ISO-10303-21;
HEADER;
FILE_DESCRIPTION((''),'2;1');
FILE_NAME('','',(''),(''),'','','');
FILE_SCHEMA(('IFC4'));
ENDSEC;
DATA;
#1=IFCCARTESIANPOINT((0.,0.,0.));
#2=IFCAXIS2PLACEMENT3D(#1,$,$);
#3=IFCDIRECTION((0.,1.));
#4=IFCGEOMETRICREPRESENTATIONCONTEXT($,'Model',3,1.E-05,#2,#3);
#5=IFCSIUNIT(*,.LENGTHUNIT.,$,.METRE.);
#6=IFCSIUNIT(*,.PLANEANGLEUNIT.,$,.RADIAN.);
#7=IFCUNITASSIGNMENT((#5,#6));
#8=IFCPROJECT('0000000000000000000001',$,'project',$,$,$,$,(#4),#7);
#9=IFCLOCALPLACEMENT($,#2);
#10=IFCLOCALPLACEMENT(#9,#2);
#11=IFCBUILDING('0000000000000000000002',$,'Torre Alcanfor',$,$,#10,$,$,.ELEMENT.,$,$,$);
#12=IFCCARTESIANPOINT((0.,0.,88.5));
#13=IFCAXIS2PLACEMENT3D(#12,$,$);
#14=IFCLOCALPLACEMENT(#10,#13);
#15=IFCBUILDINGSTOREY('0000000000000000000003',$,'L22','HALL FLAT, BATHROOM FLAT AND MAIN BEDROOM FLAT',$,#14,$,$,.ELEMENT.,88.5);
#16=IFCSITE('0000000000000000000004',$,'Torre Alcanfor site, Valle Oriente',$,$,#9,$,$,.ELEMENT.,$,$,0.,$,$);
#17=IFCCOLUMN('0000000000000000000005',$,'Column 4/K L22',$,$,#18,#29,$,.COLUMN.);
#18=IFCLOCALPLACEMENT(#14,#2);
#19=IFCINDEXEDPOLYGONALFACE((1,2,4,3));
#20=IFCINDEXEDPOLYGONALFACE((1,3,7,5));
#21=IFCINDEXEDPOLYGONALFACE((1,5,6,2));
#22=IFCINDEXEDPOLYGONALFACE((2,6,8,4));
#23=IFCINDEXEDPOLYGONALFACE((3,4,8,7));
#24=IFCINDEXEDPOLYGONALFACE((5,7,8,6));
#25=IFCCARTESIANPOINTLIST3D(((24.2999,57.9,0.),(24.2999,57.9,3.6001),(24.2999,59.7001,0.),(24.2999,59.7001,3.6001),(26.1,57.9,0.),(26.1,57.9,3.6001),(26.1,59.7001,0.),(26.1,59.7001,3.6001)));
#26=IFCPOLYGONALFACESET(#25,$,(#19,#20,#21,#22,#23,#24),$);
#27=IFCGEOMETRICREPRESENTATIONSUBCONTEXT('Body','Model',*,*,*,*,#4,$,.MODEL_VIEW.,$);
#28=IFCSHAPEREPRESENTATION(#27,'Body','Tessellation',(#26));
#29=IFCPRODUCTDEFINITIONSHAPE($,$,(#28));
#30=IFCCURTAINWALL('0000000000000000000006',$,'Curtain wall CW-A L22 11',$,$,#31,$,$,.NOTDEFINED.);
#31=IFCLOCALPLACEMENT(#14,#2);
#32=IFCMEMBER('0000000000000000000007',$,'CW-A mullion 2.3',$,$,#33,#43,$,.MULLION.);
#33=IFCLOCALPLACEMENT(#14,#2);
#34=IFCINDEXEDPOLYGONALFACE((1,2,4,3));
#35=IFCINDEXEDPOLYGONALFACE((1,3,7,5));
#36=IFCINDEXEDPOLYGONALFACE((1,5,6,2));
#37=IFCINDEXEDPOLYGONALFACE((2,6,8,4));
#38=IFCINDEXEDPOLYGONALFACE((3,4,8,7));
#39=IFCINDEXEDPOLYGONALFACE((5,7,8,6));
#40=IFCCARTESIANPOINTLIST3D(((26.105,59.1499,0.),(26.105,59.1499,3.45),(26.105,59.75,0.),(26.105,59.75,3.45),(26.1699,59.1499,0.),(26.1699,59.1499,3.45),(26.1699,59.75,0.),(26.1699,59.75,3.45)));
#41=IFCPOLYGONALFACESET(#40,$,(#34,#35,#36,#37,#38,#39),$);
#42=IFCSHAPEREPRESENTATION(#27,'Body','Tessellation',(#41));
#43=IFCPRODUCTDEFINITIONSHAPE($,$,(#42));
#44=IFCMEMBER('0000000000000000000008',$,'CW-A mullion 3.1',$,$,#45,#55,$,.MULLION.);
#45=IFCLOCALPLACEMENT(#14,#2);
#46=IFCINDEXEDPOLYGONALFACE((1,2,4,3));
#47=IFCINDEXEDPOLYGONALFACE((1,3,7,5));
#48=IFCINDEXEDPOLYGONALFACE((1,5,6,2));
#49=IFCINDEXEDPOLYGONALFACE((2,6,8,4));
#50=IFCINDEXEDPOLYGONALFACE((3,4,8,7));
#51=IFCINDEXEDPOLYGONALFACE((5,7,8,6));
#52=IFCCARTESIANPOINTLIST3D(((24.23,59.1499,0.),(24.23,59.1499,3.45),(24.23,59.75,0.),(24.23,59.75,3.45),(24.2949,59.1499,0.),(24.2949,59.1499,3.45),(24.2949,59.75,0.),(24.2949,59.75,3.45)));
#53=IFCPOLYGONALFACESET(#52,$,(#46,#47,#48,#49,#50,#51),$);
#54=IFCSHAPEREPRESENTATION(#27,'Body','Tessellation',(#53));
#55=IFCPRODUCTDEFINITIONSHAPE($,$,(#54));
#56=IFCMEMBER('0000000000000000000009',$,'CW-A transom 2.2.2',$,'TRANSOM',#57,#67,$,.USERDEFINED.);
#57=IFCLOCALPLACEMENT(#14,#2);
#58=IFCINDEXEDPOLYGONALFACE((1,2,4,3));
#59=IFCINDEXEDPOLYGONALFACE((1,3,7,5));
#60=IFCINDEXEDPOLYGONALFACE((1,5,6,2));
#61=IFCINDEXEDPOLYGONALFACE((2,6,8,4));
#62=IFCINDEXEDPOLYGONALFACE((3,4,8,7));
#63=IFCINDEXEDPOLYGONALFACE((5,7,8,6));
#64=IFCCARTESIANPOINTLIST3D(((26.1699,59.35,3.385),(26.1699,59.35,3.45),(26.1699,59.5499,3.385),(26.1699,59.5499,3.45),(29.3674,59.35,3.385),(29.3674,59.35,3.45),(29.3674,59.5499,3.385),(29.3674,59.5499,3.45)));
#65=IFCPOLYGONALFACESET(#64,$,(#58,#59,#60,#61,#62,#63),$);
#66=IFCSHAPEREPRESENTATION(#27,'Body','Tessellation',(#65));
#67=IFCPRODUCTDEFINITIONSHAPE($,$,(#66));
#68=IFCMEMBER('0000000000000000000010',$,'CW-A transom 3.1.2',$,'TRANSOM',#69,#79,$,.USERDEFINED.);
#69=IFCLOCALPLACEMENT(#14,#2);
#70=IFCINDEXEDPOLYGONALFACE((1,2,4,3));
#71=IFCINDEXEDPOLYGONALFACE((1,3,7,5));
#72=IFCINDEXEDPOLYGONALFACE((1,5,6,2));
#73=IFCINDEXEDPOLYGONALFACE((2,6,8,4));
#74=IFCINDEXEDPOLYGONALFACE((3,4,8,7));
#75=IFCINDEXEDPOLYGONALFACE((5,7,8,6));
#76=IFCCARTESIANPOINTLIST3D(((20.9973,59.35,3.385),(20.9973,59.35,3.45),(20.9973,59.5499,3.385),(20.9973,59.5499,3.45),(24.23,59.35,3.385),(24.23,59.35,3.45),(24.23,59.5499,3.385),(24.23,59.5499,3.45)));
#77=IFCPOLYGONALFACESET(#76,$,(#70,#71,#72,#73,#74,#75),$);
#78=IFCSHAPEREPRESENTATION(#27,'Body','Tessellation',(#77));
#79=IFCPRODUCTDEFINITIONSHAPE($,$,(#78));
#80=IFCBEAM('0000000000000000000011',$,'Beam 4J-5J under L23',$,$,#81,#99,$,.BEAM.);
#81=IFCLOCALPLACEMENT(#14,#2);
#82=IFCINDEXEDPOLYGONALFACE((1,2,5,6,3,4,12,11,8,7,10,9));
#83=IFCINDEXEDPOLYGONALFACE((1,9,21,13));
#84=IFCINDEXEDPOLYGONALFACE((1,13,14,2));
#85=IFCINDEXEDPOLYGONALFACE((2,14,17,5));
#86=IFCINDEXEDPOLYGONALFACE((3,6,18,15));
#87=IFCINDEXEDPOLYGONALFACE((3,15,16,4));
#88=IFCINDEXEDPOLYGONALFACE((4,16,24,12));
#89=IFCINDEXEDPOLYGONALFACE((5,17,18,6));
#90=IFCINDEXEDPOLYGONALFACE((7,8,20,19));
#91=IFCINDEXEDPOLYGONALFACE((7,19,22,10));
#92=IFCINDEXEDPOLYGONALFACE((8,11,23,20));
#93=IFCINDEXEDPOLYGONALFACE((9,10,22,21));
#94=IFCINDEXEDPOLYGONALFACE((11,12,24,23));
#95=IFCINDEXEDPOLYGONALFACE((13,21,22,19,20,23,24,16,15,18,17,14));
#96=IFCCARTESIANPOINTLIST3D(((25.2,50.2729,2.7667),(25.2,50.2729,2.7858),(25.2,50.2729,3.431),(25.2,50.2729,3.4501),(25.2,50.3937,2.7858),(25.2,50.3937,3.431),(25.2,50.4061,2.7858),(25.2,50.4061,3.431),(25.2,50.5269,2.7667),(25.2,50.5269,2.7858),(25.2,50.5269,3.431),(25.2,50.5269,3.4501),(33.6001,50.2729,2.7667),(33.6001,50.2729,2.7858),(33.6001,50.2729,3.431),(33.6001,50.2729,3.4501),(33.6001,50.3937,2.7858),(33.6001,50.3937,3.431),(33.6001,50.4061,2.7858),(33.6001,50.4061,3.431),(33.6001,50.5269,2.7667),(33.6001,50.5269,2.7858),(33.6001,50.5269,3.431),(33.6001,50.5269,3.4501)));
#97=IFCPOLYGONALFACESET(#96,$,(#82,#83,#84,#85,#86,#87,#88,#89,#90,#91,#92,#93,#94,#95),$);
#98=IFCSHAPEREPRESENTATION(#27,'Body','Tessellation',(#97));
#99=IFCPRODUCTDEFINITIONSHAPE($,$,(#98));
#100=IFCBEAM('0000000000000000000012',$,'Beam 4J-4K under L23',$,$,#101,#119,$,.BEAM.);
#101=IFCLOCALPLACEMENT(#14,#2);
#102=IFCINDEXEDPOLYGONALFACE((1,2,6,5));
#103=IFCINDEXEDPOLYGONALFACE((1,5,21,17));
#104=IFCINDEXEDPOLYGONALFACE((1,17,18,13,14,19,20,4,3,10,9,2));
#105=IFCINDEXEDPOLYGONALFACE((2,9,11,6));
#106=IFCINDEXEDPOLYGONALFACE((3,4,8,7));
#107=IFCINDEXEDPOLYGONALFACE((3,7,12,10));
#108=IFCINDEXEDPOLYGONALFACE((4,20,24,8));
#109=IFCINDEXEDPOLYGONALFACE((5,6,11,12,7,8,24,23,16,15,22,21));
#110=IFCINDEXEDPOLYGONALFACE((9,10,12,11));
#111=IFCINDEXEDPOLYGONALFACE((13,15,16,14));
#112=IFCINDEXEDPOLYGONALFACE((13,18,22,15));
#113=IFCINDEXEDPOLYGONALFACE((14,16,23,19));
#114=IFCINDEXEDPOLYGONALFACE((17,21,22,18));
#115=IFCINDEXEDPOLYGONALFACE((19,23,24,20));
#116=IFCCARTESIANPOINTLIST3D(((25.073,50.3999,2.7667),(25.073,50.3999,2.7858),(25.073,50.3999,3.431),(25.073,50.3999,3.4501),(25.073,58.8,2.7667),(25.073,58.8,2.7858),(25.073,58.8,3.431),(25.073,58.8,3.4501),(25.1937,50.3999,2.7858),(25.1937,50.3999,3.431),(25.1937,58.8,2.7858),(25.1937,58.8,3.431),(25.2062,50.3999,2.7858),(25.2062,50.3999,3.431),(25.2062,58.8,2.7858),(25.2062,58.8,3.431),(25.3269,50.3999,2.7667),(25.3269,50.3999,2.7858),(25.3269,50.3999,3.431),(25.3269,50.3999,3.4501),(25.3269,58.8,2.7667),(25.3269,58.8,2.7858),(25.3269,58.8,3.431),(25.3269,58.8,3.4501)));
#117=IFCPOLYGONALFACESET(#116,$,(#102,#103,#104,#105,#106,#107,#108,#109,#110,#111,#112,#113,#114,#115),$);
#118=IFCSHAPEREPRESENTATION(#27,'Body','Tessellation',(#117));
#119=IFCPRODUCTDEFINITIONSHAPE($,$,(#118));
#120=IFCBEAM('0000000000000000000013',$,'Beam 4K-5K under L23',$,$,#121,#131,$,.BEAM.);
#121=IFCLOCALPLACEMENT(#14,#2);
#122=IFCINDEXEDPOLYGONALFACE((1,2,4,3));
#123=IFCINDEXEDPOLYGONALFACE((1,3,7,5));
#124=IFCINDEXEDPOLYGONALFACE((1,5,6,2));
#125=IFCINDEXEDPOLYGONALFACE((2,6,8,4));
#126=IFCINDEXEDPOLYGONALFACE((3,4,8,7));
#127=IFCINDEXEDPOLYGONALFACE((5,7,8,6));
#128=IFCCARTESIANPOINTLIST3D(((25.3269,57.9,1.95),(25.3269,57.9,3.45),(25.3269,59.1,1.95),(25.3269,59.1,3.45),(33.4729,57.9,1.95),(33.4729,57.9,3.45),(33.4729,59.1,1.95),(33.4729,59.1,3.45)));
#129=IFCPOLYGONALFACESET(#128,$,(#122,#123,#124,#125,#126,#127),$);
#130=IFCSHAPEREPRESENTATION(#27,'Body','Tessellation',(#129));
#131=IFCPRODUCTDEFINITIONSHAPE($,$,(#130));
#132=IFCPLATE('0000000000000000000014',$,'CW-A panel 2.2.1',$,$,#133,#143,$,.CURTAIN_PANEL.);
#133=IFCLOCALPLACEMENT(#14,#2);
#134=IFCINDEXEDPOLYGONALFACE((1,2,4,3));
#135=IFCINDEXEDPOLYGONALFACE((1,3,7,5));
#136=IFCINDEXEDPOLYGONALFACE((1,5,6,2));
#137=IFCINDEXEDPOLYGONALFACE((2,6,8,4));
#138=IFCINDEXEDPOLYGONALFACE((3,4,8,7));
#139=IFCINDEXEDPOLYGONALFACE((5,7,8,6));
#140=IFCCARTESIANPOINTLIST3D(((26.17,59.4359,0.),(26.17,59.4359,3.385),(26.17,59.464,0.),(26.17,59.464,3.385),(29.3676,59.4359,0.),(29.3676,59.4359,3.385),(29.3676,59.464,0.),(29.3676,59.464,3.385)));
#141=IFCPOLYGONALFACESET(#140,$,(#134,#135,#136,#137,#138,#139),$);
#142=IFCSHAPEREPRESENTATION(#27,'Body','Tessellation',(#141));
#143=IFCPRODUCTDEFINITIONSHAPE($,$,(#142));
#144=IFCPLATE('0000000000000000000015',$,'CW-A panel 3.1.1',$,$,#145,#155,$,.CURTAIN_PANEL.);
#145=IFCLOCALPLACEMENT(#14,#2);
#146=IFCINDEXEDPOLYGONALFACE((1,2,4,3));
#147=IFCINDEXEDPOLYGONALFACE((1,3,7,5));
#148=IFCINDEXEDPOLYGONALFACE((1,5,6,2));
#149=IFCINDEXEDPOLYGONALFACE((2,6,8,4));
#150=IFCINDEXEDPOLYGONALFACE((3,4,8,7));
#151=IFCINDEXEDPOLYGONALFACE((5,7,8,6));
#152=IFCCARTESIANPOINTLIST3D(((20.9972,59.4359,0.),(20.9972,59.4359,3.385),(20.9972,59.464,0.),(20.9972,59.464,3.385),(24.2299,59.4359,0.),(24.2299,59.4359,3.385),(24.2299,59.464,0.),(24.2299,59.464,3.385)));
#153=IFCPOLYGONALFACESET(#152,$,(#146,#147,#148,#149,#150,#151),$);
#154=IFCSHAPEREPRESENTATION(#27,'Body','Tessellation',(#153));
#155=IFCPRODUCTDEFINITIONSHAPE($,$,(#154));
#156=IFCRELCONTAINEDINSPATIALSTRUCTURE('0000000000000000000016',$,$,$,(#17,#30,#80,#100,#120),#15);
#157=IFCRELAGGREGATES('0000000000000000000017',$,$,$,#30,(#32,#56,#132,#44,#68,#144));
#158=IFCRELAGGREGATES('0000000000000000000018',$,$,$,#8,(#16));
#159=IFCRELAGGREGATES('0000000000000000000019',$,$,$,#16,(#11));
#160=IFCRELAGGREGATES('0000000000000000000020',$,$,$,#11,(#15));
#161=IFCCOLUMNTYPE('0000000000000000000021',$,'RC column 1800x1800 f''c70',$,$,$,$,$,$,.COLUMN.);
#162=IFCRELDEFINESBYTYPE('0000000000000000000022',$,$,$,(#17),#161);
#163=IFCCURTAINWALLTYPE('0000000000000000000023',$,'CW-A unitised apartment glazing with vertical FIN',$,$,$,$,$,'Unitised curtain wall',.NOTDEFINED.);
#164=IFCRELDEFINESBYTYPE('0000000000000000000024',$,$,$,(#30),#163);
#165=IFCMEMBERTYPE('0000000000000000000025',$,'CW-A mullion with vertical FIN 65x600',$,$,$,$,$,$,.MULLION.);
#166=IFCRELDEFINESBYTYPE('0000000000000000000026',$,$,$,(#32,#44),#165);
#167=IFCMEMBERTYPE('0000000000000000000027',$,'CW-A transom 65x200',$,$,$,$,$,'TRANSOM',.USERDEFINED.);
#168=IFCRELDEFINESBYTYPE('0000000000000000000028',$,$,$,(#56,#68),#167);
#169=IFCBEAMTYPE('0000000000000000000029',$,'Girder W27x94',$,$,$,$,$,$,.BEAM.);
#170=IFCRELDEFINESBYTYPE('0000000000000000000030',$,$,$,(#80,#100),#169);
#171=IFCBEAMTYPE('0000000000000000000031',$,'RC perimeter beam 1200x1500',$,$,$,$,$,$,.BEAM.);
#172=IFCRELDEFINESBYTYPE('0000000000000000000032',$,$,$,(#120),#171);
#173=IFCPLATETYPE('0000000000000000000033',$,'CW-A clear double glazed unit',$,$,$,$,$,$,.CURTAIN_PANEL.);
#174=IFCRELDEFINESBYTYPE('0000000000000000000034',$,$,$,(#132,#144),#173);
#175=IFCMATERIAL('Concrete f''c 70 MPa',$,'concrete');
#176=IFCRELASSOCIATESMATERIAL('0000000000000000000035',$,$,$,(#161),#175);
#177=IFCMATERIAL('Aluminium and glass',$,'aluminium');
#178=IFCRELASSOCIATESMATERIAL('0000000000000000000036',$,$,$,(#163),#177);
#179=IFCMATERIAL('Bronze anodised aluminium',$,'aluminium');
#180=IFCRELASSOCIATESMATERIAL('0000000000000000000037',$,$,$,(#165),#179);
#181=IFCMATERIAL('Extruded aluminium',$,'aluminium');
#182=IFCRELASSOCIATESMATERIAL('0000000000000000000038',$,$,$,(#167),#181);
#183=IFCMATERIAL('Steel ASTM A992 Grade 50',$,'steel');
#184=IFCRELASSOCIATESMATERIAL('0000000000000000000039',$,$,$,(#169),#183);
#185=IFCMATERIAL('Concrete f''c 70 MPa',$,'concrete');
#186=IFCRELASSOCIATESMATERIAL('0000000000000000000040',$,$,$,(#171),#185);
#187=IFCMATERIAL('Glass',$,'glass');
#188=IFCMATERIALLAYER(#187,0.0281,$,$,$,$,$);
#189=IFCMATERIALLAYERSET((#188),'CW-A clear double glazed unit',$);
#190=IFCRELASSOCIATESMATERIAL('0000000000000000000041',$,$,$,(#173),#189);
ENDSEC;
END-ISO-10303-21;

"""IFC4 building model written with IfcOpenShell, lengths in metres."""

from ifc_helpers import new_model, si_unit, direction, frame, origin, origin_2d, place, context, subcontext, project, spatial, rectangle, i_section, extrude, material, layer, layer_set, material_profile, profile_set, type_object, element, aggregate, save


model = new_model("IFC4")

# Units and contexts
model_context = context("Model", 3, precision=1e-05, world=origin(), true_north=direction((0.0, 1.0)))
body_context = subcontext(model_context, "Body", "Model", "MODEL_VIEW")
ifc_project = project(units=[si_unit("LENGTHUNIT", "METRE"), si_unit("PLANEANGLEUNIT", "RADIAN")], contexts=[model_context])

# Site, building, storey
site_placement = place(None, origin())
site = spatial("IfcSite", under=ifc_project, at=site_placement, Name="Torre Alcanfor site, Valle Oriente", CompositionType="ELEMENT", RefElevation=0.0)
building_placement = place(site_placement, origin())
building = spatial("IfcBuilding", under=site, at=building_placement, Name="Torre Alcanfor", CompositionType="ELEMENT")
storey_placement = place(building_placement, frame((0.0, 0.0, 88.5)))
storey = spatial("IfcBuildingStorey", under=building, at=storey_placement, Name="L22", Description="HALL FLAT, BATHROOM FLAT AND MAIN BEDROOM FLAT", CompositionType="ELEMENT", Elevation=88.5)

# Column
ifc_material_1 = material(Name="Concrete f'c 70 MPa", Category="concrete")
ifc_material_profile_1 = material_profile(ifc_material_1, rectangle(XDim=1.8, YDim=1.8, at=origin_2d()), Name="1800x1800")
ifc_profile_set_1 = profile_set([ifc_material_profile_1], Name="Concrete f'c 70 MPa")
column_type = type_object("IfcColumnType", Name="RC column 1800x1800 f'c70", PredefinedType="COLUMN", material=ifc_profile_set_1)
column_placement = place(storey_placement, frame((25.2, 58.8, 0.0), z_axis=(0.0, 0.0, 1.0), x_axis=(1.0, 0.0, 0.0)))
element("IfcColumn", 1, at=column_placement, inside=storey, type_object=column_type, Name="Column 4/K L22", PredefinedType="COLUMN", context=body_context, shape_type="SweptSolid", body=[
    extrude(rectangle(XDim=1.8, YDim=1.8, at=origin_2d()), origin(), (0.0, 0.0, 1.0), 3.6001),
])

# Curtain wall, members
ifc_material_2 = material(Name="Aluminium and glass", Category="aluminium")
curtain_wall_type = type_object("IfcCurtainWallType", Name="CW-A unitised apartment glazing with vertical FIN", ElementType="Unitised curtain wall", PredefinedType="NOTDEFINED", material=ifc_material_2)
curtain_wall_placement = place(storey_placement, origin())
curtain_wall = element("IfcCurtainWall", 2, at=curtain_wall_placement, inside=storey, type_object=curtain_wall_type, Name="Curtain wall CW-A L22 11", PredefinedType="NOTDEFINED")
ifc_material_3 = material(Name="Bronze anodised aluminium", Category="aluminium")
ifc_material_profile_2 = material_profile(ifc_material_3, rectangle(XDim=0.6001, YDim=0.0649, at=origin_2d()), Name="CW-A mullion 65x600")
ifc_profile_set_2 = profile_set([ifc_material_profile_2], Name="Bronze anodised aluminium")
member_type_1 = type_object("IfcMemberType", Name="CW-A mullion with vertical FIN 65x600", PredefinedType="MULLION", material=ifc_profile_set_2)
member_1_placement = place(storey_placement, frame((26.1375, 59.45, 0.0), z_axis=(0.0, 0.0, 1.0), x_axis=(0.0, -1.0, 0.0)))
member_1 = element("IfcMember", 3, at=member_1_placement, type_object=member_type_1, Name="CW-A mullion 2.3", PredefinedType="MULLION", context=body_context, shape_type="SweptSolid", body=[
    extrude(rectangle(XDim=0.6001, YDim=0.0649, at=origin_2d()), origin(), (0.0, 0.0, 1.0), 3.45),
])
member_2_placement = place(storey_placement, frame((24.2625, 59.45, 0.0), z_axis=(0.0, 0.0, 1.0), x_axis=(0.0, -1.0, 0.0)))
member_2 = element("IfcMember", 4, at=member_2_placement, type_object=member_type_1, Name="CW-A mullion 3.1", PredefinedType="MULLION", context=body_context, shape_type="SweptSolid", body=[
    extrude(rectangle(XDim=0.6001, YDim=0.0649, at=origin_2d()), origin(), (0.0, 0.0, 1.0), 3.45),
])
ifc_material_4 = material(Name="Extruded aluminium", Category="aluminium")
ifc_material_profile_3 = material_profile(ifc_material_4, rectangle(XDim=0.2, YDim=0.0649, at=origin_2d()), Name="CW-A transom 200x65")
ifc_profile_set_3 = profile_set([ifc_material_profile_3], Name="Extruded aluminium")
member_type_2 = type_object("IfcMemberType", Name="CW-A transom 65x200", ElementType="TRANSOM", PredefinedType="USERDEFINED", material=ifc_profile_set_3)
member_3_placement = place(storey_placement, frame((29.3674, 59.45, 3.4175), z_axis=(-1.0, 0.0, 0.0), x_axis=(0.0, -1.0, 0.0)))
member_3 = element("IfcMember", 5, at=member_3_placement, type_object=member_type_2, Name="CW-A transom 2.2.2", ObjectType="TRANSOM", PredefinedType="USERDEFINED", context=body_context, shape_type="SweptSolid", body=[
    extrude(rectangle(XDim=0.2, YDim=0.0649, at=origin_2d()), origin(), (0.0, 0.0, 1.0), 3.1975),
])
member_4_placement = place(storey_placement, frame((24.23, 59.45, 3.4175), z_axis=(-1.0, 0.0, 0.0), x_axis=(0.0, -1.0, 0.0)))
member_4 = element("IfcMember", 6, at=member_4_placement, type_object=member_type_2, Name="CW-A transom 3.1.2", ObjectType="TRANSOM", PredefinedType="USERDEFINED", context=body_context, shape_type="SweptSolid", body=[
    extrude(rectangle(XDim=0.2, YDim=0.0649, at=origin_2d()), origin(), (0.0, 0.0, 1.0), 3.2327),
])

# Beams
ifc_material_5 = material(Name="Steel ASTM A992 Grade 50", Category="steel")
ifc_material_profile_4 = material_profile(ifc_material_5, i_section(OverallWidth=0.2539, OverallDepth=0.6833, WebThickness=0.0125, FlangeThickness=0.019, at=origin_2d()), Name="W27x94")
ifc_profile_set_4 = profile_set([ifc_material_profile_4], Name="Steel ASTM A992 Grade 50")
beam_type_1 = type_object("IfcBeamType", Name="Girder W27x94", PredefinedType="BEAM", material=ifc_profile_set_4)
for number, where, z_axis, x_axis, name in (
    (7, (25.2, 50.3999, 3.1084), (1.0, 0.0, 0.0), (0.0, 1.0, 0.0), "Beam 4J-5J under L23"),
    (8, (25.2, 50.3999, 3.1084), (0.0, 1.0, 0.0), (-1.0, 0.0, 0.0), "Beam 4J-4K under L23"),
):
    element("IfcBeam", number, at=place(storey_placement, frame(where, z_axis=z_axis, x_axis=x_axis)), inside=storey, type_object=beam_type_1, Name=name, PredefinedType="BEAM", context=body_context, shape_type="SweptSolid", body=[
        extrude(i_section(OverallWidth=0.2539, OverallDepth=0.6833, WebThickness=0.0125, FlangeThickness=0.019, at=origin_2d()), origin(), (0.0, 0.0, 1.0), 8.4001),
    ])
ifc_material_6 = material(Name="Concrete f'c 70 MPa", Category="concrete")
ifc_material_profile_5 = material_profile(ifc_material_6, rectangle(XDim=1.2, YDim=1.5, at=origin_2d()), Name="1200x1500")
ifc_profile_set_5 = profile_set([ifc_material_profile_5], Name="Concrete f'c 70 MPa")
beam_type_2 = type_object("IfcBeamType", Name="RC perimeter beam 1200x1500", PredefinedType="BEAM", material=ifc_profile_set_5)
beam_placement = place(storey_placement, frame((25.3269, 58.5, 2.7), z_axis=(1.0, 0.0, 0.0), x_axis=(0.0, 1.0, 0.0)))
element("IfcBeam", 9, at=beam_placement, inside=storey, type_object=beam_type_2, Name="Beam 4K-5K under L23", PredefinedType="BEAM", context=body_context, shape_type="SweptSolid", body=[
    extrude(rectangle(XDim=1.2, YDim=1.5, at=origin_2d()), origin(), (0.0, 0.0, 1.0), 8.146),
])

# Plates
ifc_material_7 = material(Name="Glass", Category="glass")
ifc_layer_1 = layer(ifc_material_7, 0.0281)
ifc_layer_set_1 = layer_set([ifc_layer_1], Name="CW-A clear double glazed unit")
plate_type = type_object("IfcPlateType", Name="CW-A clear double glazed unit", PredefinedType="CURTAIN_PANEL", material=ifc_layer_set_1)
plate_1_placement = place(storey_placement, frame((27.7688, 59.45, 0.0), z_axis=(0.0, 0.0, 1.0), x_axis=(-1.0, 0.0, 0.0)))
plate_1 = element("IfcPlate", 10, at=plate_1_placement, type_object=plate_type, Name="CW-A panel 2.2.1", PredefinedType="CURTAIN_PANEL", context=body_context, shape_type="SweptSolid", body=[
    extrude(rectangle(XDim=3.1975, YDim=0.0281, at=origin_2d()), origin(), (0.0, 0.0, 1.0), 3.385),
])
plate_2_placement = place(storey_placement, frame((22.6135, 59.45, 0.0), z_axis=(0.0, 0.0, 1.0), x_axis=(-1.0, 0.0, 0.0)))
plate_2 = element("IfcPlate", 11, at=plate_2_placement, type_object=plate_type, Name="CW-A panel 3.1.1", PredefinedType="CURTAIN_PANEL", context=body_context, shape_type="SweptSolid", body=[
    extrude(rectangle(XDim=3.2327, YDim=0.0281, at=origin_2d()), origin(), (0.0, 0.0, 1.0), 3.385),
])
aggregate(curtain_wall, [member_1, member_3, plate_1, member_2, member_4, plate_2])

save(model, "model.ifc")
